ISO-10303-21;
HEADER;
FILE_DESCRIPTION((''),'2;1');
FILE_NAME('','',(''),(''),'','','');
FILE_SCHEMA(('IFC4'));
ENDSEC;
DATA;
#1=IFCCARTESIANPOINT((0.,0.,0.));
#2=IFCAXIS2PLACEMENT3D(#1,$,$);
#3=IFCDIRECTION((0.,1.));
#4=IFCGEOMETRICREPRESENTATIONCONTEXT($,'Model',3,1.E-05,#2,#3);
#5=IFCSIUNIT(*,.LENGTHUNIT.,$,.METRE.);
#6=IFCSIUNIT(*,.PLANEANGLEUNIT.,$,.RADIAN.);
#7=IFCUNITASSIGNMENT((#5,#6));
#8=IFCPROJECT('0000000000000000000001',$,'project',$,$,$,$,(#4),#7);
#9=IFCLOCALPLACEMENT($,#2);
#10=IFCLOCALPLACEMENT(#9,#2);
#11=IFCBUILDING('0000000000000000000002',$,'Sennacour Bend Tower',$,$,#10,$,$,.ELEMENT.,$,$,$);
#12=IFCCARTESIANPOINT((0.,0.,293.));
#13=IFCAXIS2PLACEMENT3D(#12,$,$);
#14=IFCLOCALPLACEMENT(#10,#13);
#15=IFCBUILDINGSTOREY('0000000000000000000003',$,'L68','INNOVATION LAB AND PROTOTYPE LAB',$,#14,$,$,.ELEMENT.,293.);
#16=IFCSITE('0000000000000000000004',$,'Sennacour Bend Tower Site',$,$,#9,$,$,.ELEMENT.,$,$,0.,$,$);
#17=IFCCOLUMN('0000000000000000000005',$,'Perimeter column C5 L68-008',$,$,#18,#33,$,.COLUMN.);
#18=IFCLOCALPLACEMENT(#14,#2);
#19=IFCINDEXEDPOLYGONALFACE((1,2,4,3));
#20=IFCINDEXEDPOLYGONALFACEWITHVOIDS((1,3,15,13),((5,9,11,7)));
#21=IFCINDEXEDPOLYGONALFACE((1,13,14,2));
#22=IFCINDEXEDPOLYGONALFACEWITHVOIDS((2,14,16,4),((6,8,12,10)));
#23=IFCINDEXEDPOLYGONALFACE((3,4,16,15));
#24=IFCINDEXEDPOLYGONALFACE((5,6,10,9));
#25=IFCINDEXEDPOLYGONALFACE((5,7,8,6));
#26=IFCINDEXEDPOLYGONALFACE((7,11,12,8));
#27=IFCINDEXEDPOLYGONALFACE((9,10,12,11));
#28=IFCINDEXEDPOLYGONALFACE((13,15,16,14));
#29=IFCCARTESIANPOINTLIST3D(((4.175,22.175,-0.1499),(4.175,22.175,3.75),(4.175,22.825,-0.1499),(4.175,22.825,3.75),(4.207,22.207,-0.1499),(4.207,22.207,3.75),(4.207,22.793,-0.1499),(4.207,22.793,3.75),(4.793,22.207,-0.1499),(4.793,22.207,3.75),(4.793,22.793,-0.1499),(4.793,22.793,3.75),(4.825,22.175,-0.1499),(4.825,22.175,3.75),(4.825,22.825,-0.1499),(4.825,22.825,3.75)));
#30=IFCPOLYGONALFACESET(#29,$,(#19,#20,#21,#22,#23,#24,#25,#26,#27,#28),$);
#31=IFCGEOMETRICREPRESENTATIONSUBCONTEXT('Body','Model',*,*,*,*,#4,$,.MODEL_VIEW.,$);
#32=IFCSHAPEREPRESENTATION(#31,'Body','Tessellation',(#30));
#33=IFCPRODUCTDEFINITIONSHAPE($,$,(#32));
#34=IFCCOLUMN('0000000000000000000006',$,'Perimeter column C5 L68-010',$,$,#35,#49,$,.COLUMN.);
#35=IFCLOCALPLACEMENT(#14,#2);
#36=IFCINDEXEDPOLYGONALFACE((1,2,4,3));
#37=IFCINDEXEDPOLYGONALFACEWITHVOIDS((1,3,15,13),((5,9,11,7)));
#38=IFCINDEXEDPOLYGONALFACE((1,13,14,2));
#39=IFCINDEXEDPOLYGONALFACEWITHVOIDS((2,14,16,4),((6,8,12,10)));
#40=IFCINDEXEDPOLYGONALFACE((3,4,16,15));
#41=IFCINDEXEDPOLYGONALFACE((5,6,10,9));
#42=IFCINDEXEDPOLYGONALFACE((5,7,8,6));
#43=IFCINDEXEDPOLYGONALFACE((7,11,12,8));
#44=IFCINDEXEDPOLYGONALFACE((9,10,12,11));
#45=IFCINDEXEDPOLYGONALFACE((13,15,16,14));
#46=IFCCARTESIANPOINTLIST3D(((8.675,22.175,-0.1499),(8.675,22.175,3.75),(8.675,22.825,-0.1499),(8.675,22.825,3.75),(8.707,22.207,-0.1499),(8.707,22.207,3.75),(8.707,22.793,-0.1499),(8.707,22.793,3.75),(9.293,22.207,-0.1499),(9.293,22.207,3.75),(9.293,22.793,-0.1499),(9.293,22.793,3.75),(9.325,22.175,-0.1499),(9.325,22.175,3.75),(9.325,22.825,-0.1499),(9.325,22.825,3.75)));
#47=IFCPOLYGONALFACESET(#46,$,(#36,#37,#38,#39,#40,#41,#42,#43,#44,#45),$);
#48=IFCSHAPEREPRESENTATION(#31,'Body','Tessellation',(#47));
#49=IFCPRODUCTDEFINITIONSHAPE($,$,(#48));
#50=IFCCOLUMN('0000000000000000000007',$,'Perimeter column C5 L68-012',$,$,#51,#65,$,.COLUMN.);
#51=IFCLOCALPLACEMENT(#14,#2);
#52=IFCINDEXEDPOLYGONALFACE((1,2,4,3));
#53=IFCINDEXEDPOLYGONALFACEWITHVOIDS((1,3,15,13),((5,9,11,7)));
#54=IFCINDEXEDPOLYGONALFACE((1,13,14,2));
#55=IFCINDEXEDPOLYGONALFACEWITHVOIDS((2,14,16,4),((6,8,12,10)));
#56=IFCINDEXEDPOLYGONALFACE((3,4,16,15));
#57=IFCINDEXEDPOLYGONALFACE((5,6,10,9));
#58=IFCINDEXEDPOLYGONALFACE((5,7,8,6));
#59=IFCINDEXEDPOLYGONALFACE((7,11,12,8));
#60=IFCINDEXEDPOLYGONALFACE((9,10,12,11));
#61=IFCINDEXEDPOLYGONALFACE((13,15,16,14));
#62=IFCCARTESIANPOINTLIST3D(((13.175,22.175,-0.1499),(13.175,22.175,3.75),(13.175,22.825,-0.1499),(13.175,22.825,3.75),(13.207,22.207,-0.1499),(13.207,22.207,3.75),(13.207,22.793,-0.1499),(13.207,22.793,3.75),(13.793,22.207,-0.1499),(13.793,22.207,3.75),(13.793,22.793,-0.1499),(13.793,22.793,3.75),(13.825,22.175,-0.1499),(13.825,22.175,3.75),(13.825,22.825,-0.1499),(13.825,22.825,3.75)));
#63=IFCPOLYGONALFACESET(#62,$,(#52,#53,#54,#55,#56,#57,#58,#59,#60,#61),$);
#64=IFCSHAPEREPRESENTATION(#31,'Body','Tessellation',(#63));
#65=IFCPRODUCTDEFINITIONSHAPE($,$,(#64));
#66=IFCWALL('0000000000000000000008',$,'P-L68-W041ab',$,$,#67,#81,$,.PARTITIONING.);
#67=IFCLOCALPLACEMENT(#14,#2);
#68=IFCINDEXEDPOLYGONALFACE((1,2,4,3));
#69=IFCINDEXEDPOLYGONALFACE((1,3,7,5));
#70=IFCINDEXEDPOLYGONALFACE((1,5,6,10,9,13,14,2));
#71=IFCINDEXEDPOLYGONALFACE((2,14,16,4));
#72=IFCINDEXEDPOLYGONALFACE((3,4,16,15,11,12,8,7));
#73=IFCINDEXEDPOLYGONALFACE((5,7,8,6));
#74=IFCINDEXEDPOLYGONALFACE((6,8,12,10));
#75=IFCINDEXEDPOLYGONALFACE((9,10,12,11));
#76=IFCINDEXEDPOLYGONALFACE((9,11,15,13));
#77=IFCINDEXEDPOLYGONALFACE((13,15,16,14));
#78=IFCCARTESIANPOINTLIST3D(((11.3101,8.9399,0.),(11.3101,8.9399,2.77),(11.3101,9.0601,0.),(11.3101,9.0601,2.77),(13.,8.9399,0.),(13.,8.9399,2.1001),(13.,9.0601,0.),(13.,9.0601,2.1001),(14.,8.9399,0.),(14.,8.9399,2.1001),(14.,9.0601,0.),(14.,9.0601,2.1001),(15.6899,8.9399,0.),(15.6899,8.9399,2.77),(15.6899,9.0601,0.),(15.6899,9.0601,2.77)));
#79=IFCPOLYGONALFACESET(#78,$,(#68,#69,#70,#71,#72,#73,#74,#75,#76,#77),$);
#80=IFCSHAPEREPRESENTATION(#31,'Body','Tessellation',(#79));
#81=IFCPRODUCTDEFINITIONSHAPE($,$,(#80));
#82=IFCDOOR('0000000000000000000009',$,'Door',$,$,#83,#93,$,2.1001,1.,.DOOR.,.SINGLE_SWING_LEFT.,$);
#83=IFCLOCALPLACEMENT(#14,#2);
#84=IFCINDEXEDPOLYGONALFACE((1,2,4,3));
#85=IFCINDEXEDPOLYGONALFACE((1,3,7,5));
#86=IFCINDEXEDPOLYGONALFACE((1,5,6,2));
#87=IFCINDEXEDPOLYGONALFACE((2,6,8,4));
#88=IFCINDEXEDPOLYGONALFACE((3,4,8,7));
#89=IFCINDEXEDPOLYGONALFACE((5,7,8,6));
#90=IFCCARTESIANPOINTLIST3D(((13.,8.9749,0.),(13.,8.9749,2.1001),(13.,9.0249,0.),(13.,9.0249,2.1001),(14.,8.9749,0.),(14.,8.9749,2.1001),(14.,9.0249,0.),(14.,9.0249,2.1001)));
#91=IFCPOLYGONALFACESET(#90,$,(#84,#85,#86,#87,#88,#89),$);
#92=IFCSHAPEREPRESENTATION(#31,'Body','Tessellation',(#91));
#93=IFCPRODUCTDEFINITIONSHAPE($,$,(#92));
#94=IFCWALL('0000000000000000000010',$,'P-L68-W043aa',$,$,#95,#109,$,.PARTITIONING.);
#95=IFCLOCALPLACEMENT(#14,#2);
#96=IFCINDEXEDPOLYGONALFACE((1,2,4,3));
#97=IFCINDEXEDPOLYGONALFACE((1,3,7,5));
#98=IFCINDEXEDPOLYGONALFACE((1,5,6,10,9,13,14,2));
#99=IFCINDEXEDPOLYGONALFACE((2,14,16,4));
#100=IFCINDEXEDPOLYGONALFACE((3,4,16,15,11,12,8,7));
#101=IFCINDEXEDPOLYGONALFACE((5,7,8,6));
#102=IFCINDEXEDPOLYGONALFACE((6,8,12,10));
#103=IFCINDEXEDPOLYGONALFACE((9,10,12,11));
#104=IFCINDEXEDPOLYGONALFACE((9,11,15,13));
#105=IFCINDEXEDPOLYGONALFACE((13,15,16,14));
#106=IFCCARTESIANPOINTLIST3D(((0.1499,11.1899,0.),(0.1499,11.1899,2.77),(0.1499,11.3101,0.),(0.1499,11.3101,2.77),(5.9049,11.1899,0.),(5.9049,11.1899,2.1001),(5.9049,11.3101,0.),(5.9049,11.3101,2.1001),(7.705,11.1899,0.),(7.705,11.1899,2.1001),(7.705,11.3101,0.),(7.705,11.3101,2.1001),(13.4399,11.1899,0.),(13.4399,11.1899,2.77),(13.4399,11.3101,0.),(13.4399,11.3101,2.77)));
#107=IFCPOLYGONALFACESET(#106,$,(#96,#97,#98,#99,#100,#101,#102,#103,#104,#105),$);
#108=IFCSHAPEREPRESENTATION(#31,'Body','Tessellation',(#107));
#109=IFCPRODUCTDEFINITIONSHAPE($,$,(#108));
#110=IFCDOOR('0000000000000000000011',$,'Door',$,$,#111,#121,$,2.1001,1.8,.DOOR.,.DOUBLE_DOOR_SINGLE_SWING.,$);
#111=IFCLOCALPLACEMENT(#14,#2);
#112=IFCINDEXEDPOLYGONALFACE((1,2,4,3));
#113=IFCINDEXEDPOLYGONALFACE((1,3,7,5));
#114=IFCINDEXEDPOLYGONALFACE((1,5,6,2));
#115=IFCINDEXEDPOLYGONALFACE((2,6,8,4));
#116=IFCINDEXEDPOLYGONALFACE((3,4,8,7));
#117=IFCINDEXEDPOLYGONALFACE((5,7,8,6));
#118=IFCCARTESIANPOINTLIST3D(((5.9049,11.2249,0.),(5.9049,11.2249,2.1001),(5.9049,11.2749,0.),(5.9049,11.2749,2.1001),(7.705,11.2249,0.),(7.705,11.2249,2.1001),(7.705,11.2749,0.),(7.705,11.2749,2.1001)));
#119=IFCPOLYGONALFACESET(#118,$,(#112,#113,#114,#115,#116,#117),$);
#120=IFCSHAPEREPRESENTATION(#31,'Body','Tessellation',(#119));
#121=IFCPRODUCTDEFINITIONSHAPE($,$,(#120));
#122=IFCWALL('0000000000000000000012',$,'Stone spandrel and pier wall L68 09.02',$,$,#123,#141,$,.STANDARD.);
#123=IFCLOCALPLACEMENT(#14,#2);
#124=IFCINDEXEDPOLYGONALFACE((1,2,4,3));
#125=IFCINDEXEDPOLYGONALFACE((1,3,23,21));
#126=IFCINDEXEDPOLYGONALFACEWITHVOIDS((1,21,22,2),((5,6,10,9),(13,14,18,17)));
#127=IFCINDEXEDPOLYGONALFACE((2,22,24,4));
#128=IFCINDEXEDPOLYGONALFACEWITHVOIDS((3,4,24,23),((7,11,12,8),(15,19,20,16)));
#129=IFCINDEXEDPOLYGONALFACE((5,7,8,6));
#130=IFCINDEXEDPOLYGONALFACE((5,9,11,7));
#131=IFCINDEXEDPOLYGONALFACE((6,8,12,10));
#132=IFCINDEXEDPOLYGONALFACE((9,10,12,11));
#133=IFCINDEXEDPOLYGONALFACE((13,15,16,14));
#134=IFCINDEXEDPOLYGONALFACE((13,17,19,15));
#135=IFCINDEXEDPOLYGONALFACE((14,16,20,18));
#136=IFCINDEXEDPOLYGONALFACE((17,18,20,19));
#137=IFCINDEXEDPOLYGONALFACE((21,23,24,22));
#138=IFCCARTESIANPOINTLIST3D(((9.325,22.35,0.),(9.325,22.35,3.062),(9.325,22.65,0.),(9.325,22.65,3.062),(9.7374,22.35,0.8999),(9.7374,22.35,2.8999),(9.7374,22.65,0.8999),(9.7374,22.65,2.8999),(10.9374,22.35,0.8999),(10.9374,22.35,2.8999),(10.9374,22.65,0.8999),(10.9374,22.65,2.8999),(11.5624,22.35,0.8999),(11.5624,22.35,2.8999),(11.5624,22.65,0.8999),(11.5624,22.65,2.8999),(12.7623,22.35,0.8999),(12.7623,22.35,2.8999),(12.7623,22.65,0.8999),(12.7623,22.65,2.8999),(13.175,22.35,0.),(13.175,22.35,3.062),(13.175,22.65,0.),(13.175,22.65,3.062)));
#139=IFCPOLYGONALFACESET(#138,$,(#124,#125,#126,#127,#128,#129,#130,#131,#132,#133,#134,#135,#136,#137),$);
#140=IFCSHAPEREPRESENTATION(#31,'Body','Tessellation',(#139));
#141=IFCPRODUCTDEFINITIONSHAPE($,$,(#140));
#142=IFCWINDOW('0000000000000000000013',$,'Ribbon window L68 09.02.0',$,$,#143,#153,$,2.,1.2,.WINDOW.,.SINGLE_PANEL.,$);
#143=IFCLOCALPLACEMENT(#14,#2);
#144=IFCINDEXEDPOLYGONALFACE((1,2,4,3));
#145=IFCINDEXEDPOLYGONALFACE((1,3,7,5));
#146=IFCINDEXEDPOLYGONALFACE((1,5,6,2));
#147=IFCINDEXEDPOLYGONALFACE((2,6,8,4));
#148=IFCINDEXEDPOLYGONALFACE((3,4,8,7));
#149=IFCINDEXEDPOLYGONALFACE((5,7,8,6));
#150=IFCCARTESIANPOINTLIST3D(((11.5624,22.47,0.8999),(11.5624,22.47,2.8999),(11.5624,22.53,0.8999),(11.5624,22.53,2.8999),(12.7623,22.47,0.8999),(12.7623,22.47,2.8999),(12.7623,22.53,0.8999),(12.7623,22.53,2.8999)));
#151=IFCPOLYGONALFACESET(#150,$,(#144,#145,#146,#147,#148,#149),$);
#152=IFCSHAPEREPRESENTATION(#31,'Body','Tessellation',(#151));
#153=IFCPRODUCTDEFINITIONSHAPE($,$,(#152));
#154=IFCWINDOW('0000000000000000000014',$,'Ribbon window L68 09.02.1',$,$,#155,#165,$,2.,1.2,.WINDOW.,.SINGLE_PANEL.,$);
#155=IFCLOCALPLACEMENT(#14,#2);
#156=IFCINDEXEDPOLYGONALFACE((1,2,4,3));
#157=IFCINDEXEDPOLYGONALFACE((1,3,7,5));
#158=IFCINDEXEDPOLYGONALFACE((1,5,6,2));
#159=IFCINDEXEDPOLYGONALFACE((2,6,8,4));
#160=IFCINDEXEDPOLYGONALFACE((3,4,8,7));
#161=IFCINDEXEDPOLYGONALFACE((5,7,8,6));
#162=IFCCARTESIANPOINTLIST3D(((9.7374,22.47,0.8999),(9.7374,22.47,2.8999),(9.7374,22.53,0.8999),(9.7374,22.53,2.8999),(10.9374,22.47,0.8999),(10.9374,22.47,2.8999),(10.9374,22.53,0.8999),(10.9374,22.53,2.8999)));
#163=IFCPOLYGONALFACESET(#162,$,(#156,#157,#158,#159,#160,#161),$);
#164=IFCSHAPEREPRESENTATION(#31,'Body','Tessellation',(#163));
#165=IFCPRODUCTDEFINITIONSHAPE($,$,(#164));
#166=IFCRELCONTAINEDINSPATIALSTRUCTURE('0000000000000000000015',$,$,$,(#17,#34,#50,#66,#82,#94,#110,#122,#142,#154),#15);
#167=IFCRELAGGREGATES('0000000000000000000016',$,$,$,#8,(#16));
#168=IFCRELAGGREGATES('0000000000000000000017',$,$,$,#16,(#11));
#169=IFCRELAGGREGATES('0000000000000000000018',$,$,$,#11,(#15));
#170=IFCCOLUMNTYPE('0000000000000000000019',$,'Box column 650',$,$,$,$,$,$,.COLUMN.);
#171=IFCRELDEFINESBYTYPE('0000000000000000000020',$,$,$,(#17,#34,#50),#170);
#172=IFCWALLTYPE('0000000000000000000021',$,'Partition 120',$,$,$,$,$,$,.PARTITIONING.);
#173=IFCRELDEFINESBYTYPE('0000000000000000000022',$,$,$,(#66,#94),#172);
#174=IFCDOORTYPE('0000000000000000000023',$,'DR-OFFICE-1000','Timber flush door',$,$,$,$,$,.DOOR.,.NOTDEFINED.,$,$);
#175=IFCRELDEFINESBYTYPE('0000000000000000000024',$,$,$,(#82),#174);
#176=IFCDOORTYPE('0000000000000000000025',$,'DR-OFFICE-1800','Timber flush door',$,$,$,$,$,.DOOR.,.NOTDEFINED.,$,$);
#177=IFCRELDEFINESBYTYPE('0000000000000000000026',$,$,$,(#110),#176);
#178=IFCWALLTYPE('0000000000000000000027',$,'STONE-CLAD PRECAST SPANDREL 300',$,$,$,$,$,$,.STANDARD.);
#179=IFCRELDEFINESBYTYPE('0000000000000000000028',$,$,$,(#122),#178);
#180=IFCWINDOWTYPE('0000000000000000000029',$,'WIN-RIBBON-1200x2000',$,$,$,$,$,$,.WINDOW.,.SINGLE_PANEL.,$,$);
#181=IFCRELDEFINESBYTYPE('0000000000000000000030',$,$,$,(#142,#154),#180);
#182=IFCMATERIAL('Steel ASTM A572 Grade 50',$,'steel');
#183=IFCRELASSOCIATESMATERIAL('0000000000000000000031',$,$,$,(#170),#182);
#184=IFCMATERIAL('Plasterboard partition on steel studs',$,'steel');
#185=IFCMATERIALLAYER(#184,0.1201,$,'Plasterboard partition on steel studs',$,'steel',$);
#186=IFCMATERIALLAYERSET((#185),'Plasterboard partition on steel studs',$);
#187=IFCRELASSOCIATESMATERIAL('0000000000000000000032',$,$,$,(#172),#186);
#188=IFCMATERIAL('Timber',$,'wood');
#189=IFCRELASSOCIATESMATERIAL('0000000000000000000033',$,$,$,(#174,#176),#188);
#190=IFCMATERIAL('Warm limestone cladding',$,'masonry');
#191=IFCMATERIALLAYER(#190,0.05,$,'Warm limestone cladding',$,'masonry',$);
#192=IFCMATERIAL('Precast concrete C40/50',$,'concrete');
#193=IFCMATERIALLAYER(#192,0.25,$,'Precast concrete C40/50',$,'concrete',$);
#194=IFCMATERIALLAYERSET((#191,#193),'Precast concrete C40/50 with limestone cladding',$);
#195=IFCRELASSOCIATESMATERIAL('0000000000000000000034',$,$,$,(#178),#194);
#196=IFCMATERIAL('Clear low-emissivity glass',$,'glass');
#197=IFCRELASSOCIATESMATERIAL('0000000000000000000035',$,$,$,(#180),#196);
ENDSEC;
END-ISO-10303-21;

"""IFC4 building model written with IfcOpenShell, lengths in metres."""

from ifc_helpers import new_model, si_unit, direction, frame, frame_2d, origin, origin_2d, place, context, subcontext, project, spatial, rectangle, hollow_rectangle, extrude, material, layer, layer_set, material_profile, profile_set, type_object, element, fill, save


model = new_model("IFC4")

# Units and contexts
model_context = context("Model", 3, precision=1e-05, world=origin(), true_north=direction((0.0, 1.0)))
body_context = subcontext(model_context, "Body", "Model", "MODEL_VIEW")
ifc_project = project(units=[si_unit("LENGTHUNIT", "METRE"), si_unit("PLANEANGLEUNIT", "RADIAN")], contexts=[model_context])

# Site, building, storey
site_placement = place(None, origin())
site = spatial("IfcSite", under=ifc_project, at=site_placement, Name="Sennacour Bend Tower Site", CompositionType="ELEMENT", RefElevation=0.0)
building_placement = place(site_placement, origin())
building = spatial("IfcBuilding", under=site, at=building_placement, Name="Sennacour Bend Tower", CompositionType="ELEMENT")
storey_placement = place(building_placement, frame((0.0, 0.0, 293.0)))
storey = spatial("IfcBuildingStorey", under=building, at=storey_placement, Name="L68", Description="INNOVATION LAB AND PROTOTYPE LAB", CompositionType="ELEMENT", Elevation=293.0)

# Columns
ifc_material_1 = material(Name="Steel ASTM A572 Grade 50", Category="steel")
ifc_material_profile = material_profile(ifc_material_1, hollow_rectangle(XDim=0.6499, YDim=0.6499, WallThickness=0.032, at=origin_2d()), Name="Steel ASTM A572 Grade 50", Category="steel")
ifc_profile_set = profile_set([ifc_material_profile], Name="Steel ASTM A572 Grade 50")
column_type = type_object("IfcColumnType", Name="Box column 650", PredefinedType="COLUMN", material=ifc_profile_set)
for number, where, z_axis, x_axis, name in (
    (1, (4.5, 22.5, -0.1499), (0.0, 0.0, 1.0), (1.0, 0.0, 0.0), "Perimeter column C5 L68-008"),
    (2, (9.0, 22.5, -0.1499), (0.0, 0.0, 1.0), (1.0, 0.0, 0.0), "Perimeter column C5 L68-010"),
    (3, (13.5, 22.5, -0.1499), (0.0, 0.0, 1.0), (1.0, 0.0, 0.0), "Perimeter column C5 L68-012"),
):
    element("IfcColumn", number, at=place(storey_placement, frame(where, z_axis=z_axis, x_axis=x_axis)), inside=storey, type_object=column_type, Name=name, PredefinedType="COLUMN", context=body_context, shape_type="SweptSolid", body=[
        extrude(hollow_rectangle(XDim=0.6499, YDim=0.6499, WallThickness=0.032, at=origin_2d()), origin(), (0.0, 0.0, 1.0), 3.8999),
    ])

# Walls, openings, doors
ifc_material_2 = material(Name="Plasterboard partition on steel studs", Category="steel")
ifc_layer_1 = layer(ifc_material_2, 0.1201, Name="Plasterboard partition on steel studs", Category="steel")
ifc_layer_set_1 = layer_set([ifc_layer_1], Name="Plasterboard partition on steel studs")
wall_type_1 = type_object("IfcWallType", Name="Partition 120", PredefinedType="PARTITIONING", material=ifc_layer_set_1)
wall_1_placement = place(storey_placement, frame((11.3101, 9.0, 0.0), z_axis=(0.0, 0.0, 1.0), x_axis=(1.0, 0.0, 0.0)))
wall_1 = element("IfcWall", 4, at=wall_1_placement, inside=storey, type_object=wall_type_1, Name="P-L68-W041ab", PredefinedType="PARTITIONING", context=body_context, shape_type="SweptSolid", body=[
    extrude(rectangle(XDim=4.3799, YDim=0.1201, at=frame_2d((2.1899, 0.0))), origin(), (0.0, 0.0, 1.0), 2.77),
])
opening_1_placement = place(wall_1_placement, frame((1.6899, 0.0, 0.0)))
opening_1 = element("IfcOpeningElement", 5, at=opening_1_placement, cuts=wall_1, PredefinedType="OPENING", context=body_context, shape_type="SweptSolid", body=[
    extrude(rectangle(XDim=1.0, YDim=2.1001, at=frame_2d((0.5, 1.05))), frame((0.0, 0.0701, 0.0), z_axis=(0.0, -1.0, 0.0), x_axis=(1.0, 0.0, 0.0)), (0.0, 0.0, 1.0), 0.1401),
])
ifc_material_3 = material(Name="Timber", Category="wood")
door_type_1 = type_object("IfcDoorType", Name="DR-OFFICE-1000", Description="Timber flush door", OperationType="NOTDEFINED", PredefinedType="DOOR", material=ifc_material_3)
door_1_placement = place(opening_1_placement, origin())
door_1 = element("IfcDoor", 6, at=door_1_placement, inside=storey, type_object=door_type_1, Name="Door", OperationType="SINGLE_SWING_LEFT", OverallHeight=2.1001, OverallWidth=1.0, PredefinedType="DOOR", context=body_context, shape_type="SweptSolid", body=[
    extrude(rectangle(XDim=1.0, YDim=2.1001, at=frame_2d((0.5, 1.05))), frame((0.0, 0.0249, 0.0), z_axis=(0.0, -1.0, 0.0), x_axis=(1.0, 0.0, 0.0)), (0.0, 0.0, 1.0), 0.05),
])
fill(opening_1, door_1)
wall_2_placement = place(storey_placement, frame((0.1499, 11.25, 0.0), z_axis=(0.0, 0.0, 1.0), x_axis=(1.0, 0.0, 0.0)))
wall_2 = element("IfcWall", 7, at=wall_2_placement, inside=storey, type_object=wall_type_1, Name="P-L68-W043aa", PredefinedType="PARTITIONING", context=body_context, shape_type="SweptSolid", body=[
    extrude(rectangle(XDim=13.29, YDim=0.1201, at=frame_2d((6.645, 0.0))), origin(), (0.0, 0.0, 1.0), 2.77),
])
opening_2_placement = place(wall_2_placement, frame((5.7551, 0.0, 0.0)))
opening_2 = element("IfcOpeningElement", 8, at=opening_2_placement, cuts=wall_2, PredefinedType="OPENING", context=body_context, shape_type="SweptSolid", body=[
    extrude(rectangle(XDim=1.8, YDim=2.1001, at=frame_2d((0.8999, 1.05))), frame((0.0, 0.0701, 0.0), z_axis=(0.0, -1.0, 0.0), x_axis=(1.0, 0.0, 0.0)), (0.0, 0.0, 1.0), 0.1401),
])
door_type_2 = type_object("IfcDoorType", Name="DR-OFFICE-1800", Description="Timber flush door", OperationType="NOTDEFINED", PredefinedType="DOOR", material=ifc_material_3)
door_2_placement = place(opening_2_placement, origin())
door_2 = element("IfcDoor", 9, at=door_2_placement, inside=storey, type_object=door_type_2, Name="Door", OperationType="DOUBLE_DOOR_SINGLE_SWING", OverallHeight=2.1001, OverallWidth=1.8, PredefinedType="DOOR", context=body_context, shape_type="SweptSolid", body=[
    extrude(rectangle(XDim=1.8, YDim=2.1001, at=frame_2d((0.8999, 1.05))), frame((0.0, 0.0249, 0.0), z_axis=(0.0, -1.0, 0.0), x_axis=(1.0, 0.0, 0.0)), (0.0, 0.0, 1.0), 0.05),
])
fill(opening_2, door_2)

# Wall, openings, windows
ifc_material_4 = material(Name="Warm limestone cladding", Category="masonry")
ifc_layer_2 = layer(ifc_material_4, 0.05, Name="Warm limestone cladding", Category="masonry")
ifc_material_5 = material(Name="Precast concrete C40/50", Category="concrete")
ifc_layer_3 = layer(ifc_material_5, 0.25, Name="Precast concrete C40/50", Category="concrete")
ifc_layer_set_2 = layer_set([ifc_layer_2, ifc_layer_3], Name="Precast concrete C40/50 with limestone cladding")
wall_type_2 = type_object("IfcWallType", Name="STONE-CLAD PRECAST SPANDREL 300", PredefinedType="STANDARD", material=ifc_layer_set_2)
wall_3_placement = place(storey_placement, frame((13.175, 22.5, 0.0), z_axis=(0.0, 0.0, 1.0), x_axis=(-1.0, 0.0, 0.0)))
wall_3 = element("IfcWall", 10, at=wall_3_placement, inside=storey, type_object=wall_type_2, Name="Stone spandrel and pier wall L68 09.02", PredefinedType="STANDARD", context=body_context, shape_type="SweptSolid", body=[
    extrude(rectangle(XDim=3.8501, YDim=0.3, at=frame_2d((1.925, 0.0))), origin(), (0.0, 0.0, 1.0), 3.062),
])
opening_3_placement = place(wall_3_placement, frame((0.4126, 0.0, 0.8999)))
opening_3 = element("IfcOpeningElement", 11, at=opening_3_placement, cuts=wall_3, PredefinedType="OPENING", context=body_context, shape_type="SweptSolid", body=[
    extrude(rectangle(XDim=1.2, YDim=2.0, at=frame_2d((0.6001, 1.0))), frame((0.0, 0.1602, 0.0), z_axis=(0.0, -1.0, 0.0), x_axis=(1.0, 0.0, 0.0)), (0.0, 0.0, 1.0), 0.3201),
])
opening_4_placement = place(wall_3_placement, frame((2.2375, 0.0, 0.8999)))
opening_4 = element("IfcOpeningElement", 12, at=opening_4_placement, cuts=wall_3, PredefinedType="OPENING", context=body_context, shape_type="SweptSolid", body=[
    extrude(rectangle(XDim=1.2, YDim=2.0, at=frame_2d((0.6001, 1.0))), frame((0.0, 0.1602, 0.0), z_axis=(0.0, -1.0, 0.0), x_axis=(1.0, 0.0, 0.0)), (0.0, 0.0, 1.0), 0.3201),
])
ifc_material_6 = material(Name="Clear low-emissivity glass", Category="glass")
window_type = type_object("IfcWindowType", Name="WIN-RIBBON-1200x2000", PartitioningType="SINGLE_PANEL", PredefinedType="WINDOW", material=ifc_material_6)
window_1_placement = place(opening_3_placement, origin())
window_1 = element("IfcWindow", 13, at=window_1_placement, inside=storey, type_object=window_type, Name="Ribbon window L68 09.02.0", OverallHeight=2.0, OverallWidth=1.2, PartitioningType="SINGLE_PANEL", PredefinedType="WINDOW", context=body_context, shape_type="SweptSolid", body=[
    extrude(rectangle(XDim=1.2, YDim=2.0, at=frame_2d((0.6001, 1.0))), frame((0.0, 0.03, 0.0), z_axis=(0.0, -1.0, 0.0), x_axis=(1.0, 0.0, 0.0)), (0.0, 0.0, 1.0), 0.0601),
])
fill(opening_3, window_1)
window_2_placement = place(opening_4_placement, origin())
window_2 = element("IfcWindow", 14, at=window_2_placement, inside=storey, type_object=window_type, Name="Ribbon window L68 09.02.1", OverallHeight=2.0, OverallWidth=1.2, PartitioningType="SINGLE_PANEL", PredefinedType="WINDOW", context=body_context, shape_type="SweptSolid", body=[
    extrude(rectangle(XDim=1.2, YDim=2.0, at=frame_2d((0.6001, 1.0))), frame((0.0, 0.03, 0.0), z_axis=(0.0, -1.0, 0.0), x_axis=(1.0, 0.0, 0.0)), (0.0, 0.0, 1.0), 0.0601),
])
fill(opening_4, window_2)

save(model, "model.ifc")
